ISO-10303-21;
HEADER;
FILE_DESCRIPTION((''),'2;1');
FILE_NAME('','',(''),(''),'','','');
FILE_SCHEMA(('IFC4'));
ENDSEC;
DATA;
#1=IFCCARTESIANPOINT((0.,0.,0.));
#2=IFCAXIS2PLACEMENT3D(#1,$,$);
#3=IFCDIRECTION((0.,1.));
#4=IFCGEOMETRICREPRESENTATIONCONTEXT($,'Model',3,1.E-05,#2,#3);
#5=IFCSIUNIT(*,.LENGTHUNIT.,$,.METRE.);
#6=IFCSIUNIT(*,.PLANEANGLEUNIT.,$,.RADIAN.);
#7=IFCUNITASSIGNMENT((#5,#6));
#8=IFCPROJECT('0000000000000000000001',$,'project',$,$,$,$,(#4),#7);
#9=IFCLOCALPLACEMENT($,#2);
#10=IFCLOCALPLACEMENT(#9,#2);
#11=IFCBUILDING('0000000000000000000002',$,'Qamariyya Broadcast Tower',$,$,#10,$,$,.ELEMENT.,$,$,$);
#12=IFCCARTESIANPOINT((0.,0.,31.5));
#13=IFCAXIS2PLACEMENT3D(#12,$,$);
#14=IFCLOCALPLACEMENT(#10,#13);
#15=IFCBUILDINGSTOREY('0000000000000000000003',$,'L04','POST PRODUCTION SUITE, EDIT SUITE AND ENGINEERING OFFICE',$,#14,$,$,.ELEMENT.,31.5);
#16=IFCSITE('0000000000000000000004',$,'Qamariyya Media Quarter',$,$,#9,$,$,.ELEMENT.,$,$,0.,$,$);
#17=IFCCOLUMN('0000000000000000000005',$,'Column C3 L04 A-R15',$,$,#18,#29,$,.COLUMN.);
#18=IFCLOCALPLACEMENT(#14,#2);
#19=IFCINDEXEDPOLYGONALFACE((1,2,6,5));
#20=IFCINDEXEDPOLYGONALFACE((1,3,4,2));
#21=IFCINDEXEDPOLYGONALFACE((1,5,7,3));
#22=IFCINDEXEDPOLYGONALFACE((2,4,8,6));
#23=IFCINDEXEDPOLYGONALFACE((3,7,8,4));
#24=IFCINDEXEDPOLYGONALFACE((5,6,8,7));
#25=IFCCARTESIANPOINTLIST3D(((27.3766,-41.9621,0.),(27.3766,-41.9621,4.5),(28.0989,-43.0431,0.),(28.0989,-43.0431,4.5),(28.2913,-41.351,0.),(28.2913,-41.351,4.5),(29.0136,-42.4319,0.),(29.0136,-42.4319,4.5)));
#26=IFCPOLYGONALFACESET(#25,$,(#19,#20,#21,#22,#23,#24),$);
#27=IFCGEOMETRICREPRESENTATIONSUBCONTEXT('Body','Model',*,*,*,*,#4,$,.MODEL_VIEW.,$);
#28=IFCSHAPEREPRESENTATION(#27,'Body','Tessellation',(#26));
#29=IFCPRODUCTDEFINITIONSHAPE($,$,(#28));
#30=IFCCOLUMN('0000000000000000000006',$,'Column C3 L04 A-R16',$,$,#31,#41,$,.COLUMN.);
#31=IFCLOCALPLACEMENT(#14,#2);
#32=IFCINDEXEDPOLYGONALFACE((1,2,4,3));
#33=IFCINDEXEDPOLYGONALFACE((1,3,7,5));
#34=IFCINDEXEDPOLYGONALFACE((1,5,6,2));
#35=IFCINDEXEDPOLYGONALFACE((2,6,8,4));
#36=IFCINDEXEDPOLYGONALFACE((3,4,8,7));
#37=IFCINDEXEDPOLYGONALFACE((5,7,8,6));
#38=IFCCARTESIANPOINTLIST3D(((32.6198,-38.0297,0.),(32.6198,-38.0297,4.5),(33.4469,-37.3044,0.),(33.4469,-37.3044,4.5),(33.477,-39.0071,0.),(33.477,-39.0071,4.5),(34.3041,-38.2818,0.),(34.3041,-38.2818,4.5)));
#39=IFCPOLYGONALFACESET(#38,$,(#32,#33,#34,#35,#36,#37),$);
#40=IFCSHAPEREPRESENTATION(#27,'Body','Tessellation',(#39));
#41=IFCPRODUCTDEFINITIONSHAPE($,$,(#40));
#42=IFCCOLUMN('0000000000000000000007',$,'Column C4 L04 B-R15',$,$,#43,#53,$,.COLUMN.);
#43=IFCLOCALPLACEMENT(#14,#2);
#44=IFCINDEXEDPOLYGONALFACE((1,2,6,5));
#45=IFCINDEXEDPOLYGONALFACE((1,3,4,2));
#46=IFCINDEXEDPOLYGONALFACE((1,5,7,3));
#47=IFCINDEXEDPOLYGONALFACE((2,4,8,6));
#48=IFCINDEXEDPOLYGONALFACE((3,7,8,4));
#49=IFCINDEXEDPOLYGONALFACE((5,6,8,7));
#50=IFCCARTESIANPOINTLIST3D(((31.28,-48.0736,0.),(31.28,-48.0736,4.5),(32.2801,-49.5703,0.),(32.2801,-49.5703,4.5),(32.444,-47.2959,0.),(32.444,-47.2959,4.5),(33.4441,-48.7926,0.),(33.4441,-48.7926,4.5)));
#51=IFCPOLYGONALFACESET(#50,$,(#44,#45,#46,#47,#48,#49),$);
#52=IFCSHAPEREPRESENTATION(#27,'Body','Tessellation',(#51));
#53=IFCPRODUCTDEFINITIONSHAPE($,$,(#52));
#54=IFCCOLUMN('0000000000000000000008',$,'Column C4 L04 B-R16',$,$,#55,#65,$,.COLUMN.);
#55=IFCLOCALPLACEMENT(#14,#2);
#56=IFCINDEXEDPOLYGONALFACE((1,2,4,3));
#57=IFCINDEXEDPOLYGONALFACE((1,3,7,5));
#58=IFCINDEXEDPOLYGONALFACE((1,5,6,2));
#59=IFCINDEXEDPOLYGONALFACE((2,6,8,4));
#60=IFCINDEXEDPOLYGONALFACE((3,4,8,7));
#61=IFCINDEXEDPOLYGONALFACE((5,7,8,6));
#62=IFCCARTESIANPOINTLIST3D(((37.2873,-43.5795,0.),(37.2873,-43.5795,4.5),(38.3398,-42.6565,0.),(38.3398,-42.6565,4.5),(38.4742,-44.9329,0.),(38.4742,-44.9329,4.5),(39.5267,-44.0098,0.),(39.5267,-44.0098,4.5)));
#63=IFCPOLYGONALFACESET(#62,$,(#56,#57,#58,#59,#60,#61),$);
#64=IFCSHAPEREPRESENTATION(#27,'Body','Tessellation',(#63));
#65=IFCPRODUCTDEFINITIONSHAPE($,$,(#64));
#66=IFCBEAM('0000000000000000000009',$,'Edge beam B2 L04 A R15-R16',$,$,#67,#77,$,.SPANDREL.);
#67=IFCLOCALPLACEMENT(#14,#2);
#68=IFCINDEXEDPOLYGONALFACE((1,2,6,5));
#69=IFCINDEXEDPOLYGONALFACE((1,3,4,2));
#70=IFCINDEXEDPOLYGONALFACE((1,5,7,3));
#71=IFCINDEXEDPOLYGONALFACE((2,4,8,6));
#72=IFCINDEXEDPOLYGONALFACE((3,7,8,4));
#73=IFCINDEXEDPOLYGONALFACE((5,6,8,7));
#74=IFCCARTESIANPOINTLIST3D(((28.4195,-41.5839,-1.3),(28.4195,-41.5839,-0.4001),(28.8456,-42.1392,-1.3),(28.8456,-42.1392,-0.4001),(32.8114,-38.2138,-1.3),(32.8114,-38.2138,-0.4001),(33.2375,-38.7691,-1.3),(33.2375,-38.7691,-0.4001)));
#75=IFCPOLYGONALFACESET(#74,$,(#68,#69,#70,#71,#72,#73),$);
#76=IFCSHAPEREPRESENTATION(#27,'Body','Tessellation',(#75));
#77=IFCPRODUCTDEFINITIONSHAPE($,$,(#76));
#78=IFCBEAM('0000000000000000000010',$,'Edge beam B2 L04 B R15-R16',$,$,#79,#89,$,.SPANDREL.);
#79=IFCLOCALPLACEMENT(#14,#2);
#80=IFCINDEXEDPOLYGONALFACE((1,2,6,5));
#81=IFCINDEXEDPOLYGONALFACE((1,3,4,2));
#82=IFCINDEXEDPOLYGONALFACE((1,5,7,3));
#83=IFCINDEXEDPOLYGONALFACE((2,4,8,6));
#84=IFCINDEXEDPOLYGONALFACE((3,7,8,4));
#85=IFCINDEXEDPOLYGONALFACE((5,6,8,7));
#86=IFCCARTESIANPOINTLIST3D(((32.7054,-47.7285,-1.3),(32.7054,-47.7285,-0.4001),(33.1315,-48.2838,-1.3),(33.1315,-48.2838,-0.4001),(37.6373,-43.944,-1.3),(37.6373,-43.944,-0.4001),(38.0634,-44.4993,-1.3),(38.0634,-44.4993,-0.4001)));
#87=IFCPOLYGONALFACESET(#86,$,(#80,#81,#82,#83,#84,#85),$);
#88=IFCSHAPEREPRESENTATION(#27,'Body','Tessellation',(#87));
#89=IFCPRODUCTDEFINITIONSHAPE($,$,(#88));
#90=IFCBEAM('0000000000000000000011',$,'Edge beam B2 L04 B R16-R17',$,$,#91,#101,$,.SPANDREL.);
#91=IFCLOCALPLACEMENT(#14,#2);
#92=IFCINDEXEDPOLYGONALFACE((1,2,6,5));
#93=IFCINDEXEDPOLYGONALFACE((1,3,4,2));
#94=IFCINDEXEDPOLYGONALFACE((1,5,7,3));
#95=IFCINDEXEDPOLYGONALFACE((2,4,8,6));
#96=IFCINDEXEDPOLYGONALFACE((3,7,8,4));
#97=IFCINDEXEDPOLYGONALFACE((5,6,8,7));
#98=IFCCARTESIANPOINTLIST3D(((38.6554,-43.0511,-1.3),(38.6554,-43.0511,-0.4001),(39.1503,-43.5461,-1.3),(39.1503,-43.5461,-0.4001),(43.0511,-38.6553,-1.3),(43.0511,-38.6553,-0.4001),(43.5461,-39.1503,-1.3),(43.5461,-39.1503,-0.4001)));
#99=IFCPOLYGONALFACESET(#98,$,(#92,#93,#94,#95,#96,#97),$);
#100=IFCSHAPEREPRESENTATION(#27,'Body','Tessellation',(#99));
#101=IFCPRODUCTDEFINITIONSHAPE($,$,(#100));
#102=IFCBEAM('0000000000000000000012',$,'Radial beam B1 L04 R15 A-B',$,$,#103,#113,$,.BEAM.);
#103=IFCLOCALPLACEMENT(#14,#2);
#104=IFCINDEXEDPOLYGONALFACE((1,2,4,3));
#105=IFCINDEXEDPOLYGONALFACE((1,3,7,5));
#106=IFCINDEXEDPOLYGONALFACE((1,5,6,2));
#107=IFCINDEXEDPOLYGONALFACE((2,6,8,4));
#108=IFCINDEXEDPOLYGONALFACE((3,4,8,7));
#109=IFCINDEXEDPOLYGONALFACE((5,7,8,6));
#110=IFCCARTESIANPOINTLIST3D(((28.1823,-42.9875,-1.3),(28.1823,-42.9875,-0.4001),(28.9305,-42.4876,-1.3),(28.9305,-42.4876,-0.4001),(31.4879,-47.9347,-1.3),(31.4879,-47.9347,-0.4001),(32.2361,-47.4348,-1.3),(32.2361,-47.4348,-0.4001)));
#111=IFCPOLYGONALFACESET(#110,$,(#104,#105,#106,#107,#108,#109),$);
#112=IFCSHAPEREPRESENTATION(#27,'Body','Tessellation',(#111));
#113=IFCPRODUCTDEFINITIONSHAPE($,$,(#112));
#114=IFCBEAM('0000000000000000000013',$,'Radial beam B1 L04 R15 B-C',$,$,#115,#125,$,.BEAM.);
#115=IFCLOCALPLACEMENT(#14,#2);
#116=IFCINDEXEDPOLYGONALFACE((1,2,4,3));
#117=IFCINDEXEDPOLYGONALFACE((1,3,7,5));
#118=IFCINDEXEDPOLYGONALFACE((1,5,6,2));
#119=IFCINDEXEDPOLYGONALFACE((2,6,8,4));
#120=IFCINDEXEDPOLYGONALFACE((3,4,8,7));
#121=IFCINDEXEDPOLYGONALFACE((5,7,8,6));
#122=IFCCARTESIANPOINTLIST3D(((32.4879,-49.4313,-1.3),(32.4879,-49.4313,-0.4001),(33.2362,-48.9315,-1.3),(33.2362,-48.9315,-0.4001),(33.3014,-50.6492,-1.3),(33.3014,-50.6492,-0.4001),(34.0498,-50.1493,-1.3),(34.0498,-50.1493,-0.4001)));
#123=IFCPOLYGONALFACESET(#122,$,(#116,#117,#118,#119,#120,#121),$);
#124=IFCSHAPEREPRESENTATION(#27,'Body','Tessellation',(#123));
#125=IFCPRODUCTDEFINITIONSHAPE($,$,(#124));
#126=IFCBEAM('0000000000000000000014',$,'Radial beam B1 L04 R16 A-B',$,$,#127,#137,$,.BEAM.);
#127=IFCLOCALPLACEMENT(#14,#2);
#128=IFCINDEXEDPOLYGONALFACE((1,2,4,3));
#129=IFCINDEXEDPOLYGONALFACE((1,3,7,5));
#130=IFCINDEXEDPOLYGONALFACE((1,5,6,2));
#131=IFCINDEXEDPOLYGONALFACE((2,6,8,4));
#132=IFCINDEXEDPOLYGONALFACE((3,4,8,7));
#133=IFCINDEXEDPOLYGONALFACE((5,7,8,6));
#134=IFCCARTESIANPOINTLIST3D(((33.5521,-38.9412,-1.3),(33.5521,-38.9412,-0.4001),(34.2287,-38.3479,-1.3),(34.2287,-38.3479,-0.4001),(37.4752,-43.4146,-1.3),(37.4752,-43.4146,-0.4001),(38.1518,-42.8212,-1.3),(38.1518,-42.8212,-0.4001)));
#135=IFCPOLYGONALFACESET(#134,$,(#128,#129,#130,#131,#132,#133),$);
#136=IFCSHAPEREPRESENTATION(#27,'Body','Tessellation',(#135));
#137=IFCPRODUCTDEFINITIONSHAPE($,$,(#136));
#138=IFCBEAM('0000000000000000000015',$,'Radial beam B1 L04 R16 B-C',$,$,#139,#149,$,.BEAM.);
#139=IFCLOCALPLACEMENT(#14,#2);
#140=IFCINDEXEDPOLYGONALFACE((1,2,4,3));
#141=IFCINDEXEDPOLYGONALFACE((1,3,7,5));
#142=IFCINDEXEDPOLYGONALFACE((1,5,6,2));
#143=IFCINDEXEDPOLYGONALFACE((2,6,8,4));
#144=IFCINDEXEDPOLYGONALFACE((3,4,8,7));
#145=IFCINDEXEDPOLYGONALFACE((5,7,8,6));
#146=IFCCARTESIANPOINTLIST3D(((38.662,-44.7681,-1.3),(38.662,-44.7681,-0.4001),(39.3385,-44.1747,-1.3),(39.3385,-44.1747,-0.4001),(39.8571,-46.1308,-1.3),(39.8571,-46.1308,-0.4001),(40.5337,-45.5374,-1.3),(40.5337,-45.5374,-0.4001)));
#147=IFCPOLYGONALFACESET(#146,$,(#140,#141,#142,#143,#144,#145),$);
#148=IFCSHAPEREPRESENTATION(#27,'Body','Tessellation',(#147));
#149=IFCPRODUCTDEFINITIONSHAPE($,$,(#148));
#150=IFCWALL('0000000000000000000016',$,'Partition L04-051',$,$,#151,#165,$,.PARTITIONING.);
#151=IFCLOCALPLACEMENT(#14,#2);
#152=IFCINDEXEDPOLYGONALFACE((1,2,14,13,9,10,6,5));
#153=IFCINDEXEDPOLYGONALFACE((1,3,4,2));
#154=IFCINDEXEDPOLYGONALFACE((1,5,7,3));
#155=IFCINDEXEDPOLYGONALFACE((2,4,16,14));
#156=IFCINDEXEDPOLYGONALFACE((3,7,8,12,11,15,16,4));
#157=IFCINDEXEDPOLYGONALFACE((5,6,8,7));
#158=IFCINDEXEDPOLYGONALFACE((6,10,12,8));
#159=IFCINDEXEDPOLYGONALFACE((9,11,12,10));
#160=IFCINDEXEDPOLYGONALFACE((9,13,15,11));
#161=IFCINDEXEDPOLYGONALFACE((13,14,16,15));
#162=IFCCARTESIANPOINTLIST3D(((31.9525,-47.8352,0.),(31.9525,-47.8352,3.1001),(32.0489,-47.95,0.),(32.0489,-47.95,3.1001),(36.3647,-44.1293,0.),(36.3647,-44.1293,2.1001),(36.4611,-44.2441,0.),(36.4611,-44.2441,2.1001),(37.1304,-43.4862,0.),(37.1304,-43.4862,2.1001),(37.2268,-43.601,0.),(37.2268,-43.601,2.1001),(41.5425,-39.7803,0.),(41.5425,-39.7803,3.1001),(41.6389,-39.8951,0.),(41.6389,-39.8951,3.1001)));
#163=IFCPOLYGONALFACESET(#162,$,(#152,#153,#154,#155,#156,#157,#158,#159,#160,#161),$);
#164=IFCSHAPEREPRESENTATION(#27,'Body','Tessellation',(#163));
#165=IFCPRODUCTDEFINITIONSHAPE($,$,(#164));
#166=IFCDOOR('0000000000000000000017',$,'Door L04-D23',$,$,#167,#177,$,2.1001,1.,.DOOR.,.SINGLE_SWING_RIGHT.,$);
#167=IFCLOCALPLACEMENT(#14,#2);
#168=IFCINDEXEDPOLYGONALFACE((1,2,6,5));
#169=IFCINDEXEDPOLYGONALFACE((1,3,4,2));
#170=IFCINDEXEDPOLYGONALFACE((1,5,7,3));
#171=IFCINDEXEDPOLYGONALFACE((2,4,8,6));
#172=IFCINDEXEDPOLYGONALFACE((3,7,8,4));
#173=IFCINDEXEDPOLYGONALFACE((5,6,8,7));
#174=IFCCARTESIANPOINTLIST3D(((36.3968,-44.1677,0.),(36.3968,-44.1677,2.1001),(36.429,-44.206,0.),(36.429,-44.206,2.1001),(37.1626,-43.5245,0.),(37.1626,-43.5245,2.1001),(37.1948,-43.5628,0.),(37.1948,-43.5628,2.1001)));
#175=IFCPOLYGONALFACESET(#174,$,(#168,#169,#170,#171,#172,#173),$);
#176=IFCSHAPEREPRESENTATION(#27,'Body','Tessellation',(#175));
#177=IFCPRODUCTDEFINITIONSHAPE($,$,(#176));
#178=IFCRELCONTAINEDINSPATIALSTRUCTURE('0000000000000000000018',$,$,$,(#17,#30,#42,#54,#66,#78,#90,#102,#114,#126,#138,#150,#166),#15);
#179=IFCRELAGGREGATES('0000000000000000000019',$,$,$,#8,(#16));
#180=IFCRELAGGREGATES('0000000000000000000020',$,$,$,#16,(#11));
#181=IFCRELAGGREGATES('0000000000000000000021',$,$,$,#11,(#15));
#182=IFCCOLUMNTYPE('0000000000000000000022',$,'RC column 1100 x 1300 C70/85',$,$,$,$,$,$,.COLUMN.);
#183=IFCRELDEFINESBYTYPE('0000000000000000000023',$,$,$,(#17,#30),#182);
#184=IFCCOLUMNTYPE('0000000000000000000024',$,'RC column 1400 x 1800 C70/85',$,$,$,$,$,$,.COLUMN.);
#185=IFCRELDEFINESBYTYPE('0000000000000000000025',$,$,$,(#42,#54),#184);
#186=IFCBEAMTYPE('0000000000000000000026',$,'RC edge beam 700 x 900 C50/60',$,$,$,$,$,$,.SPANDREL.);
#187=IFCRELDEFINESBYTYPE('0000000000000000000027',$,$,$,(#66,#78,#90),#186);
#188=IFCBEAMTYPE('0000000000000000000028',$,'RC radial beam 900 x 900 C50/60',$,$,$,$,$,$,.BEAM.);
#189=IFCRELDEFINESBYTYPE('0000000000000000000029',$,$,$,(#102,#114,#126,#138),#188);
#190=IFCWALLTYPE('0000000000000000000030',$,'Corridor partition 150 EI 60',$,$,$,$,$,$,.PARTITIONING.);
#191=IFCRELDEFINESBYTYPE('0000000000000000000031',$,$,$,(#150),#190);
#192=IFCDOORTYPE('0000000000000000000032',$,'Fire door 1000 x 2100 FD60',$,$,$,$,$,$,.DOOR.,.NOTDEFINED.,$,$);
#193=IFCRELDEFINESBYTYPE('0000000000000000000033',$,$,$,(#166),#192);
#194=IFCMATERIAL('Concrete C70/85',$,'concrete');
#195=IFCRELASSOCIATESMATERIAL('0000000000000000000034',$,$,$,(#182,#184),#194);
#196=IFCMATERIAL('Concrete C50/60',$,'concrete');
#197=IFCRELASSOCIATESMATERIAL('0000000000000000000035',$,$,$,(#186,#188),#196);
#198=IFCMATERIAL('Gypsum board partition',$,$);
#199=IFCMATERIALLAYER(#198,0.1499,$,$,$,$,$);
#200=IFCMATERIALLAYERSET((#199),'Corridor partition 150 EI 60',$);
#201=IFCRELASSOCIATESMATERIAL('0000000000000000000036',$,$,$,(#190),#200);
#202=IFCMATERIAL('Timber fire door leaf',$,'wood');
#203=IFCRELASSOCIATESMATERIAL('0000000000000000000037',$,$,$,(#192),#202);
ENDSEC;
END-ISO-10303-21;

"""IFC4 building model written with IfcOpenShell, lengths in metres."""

from ifc_helpers import new_model, si_unit, direction, frame, frame_2d, origin, origin_2d, place, context, subcontext, project, spatial, rectangle, extrude, material, layer, layer_set, material_profile, profile_set, type_object, element, fill, save


model = new_model("IFC4")

# Units and contexts
model_context = context("Model", 3, precision=1e-05, world=origin(), true_north=direction((0.0, 1.0)))
body_context = subcontext(model_context, "Body", "Model", "MODEL_VIEW")
ifc_project = project(units=[si_unit("LENGTHUNIT", "METRE"), si_unit("PLANEANGLEUNIT", "RADIAN")], contexts=[model_context])

# Site, building, storey
site_placement = place(None, origin())
site = spatial("IfcSite", under=ifc_project, at=site_placement, Name="Qamariyya Media Quarter", CompositionType="ELEMENT", RefElevation=0.0)
building_placement = place(site_placement, origin())
building = spatial("IfcBuilding", under=site, at=building_placement, Name="Qamariyya Broadcast Tower", CompositionType="ELEMENT")
storey_placement = place(building_placement, frame((0.0, 0.0, 31.5)))
storey = spatial("IfcBuildingStorey", under=building, at=storey_placement, Name="L04", Description="POST PRODUCTION SUITE, EDIT SUITE AND ENGINEERING OFFICE", CompositionType="ELEMENT", Elevation=31.5)

# Columns
ifc_material_1 = material(Name="Concrete C70/85", Category="concrete")
ifc_material_profile_1 = material_profile(ifc_material_1, rectangle(XDim=1.1001, YDim=1.3, at=origin_2d()))
ifc_profile_set_1 = profile_set([ifc_material_profile_1], Name="Concrete C70/85")
column_type_1 = type_object("IfcColumnType", Name="RC column 1100 x 1300 C70/85", PredefinedType="COLUMN", material=ifc_profile_set_1)
for number, where, z_axis, x_axis, name in (
    (1, (28.1951, -42.197, 0.0), (0.0, 0.0, 1.0), (0.83147, 0.55557, 0.0), "Column C3 L04 A-R15"),
    (2, (33.4619, -38.1558, 0.0), (0.0, 0.0, 1.0), (0.75184, 0.659346, 0.0), "Column C3 L04 A-R16"),
):
    element("IfcColumn", number, at=place(storey_placement, frame(where, z_axis=z_axis, x_axis=x_axis)), inside=storey, type_object=column_type_1, Name=name, PredefinedType="COLUMN", context=body_context, shape_type="SweptSolid", body=[
        extrude(rectangle(XDim=1.1001, YDim=1.3, at=origin_2d()), origin(), (0.0, 0.0, 1.0), 4.5),
    ])
ifc_material_profile_2 = material_profile(ifc_material_1, rectangle(XDim=1.3999, YDim=1.8, at=origin_2d()))
ifc_profile_set_2 = profile_set([ifc_material_profile_2], Name="Concrete C70/85")
column_type_2 = type_object("IfcColumnType", Name="RC column 1400 x 1800 C70/85", PredefinedType="COLUMN", material=ifc_profile_set_2)
for number, where, z_axis, x_axis, name in (
    (3, (32.3621, -48.4331, 0.0), (0.0, 0.0, 1.0), (0.83147, 0.55557, 0.0), "Column C4 L04 B-R15"),
    (4, (38.407, -43.7947, 0.0), (0.0, 0.0, 1.0), (0.75184, 0.659346, 0.0), "Column C4 L04 B-R16"),
):
    element("IfcColumn", number, at=place(storey_placement, frame(where, z_axis=z_axis, x_axis=x_axis)), inside=storey, type_object=column_type_2, Name=name, PredefinedType="COLUMN", context=body_context, shape_type="SweptSolid", body=[
        extrude(rectangle(XDim=1.3999, YDim=1.8, at=origin_2d()), origin(), (0.0, 0.0, 1.0), 4.5),
    ])

# Beams
ifc_material_2 = material(Name="Concrete C50/60", Category="concrete")
ifc_material_profile_3 = material_profile(ifc_material_2, rectangle(XDim=0.7, YDim=0.8999, at=origin_2d()))
ifc_profile_set_3 = profile_set([ifc_material_profile_3], Name="Concrete C50/60")
beam_type_1 = type_object("IfcBeamType", Name="RC edge beam 700 x 900 C50/60", PredefinedType="SPANDREL", material=ifc_profile_set_3)
beam_1_placement = place(storey_placement, frame((28.6326, -41.8616, -0.8501), z_axis=(0.793342, 0.608777, 0.0), x_axis=(-0.608777, 0.793342, 0.0)))
element("IfcBeam", 5, at=beam_1_placement, inside=storey, type_object=beam_type_1, Name="Edge beam B2 L04 A R15-R16", PredefinedType="SPANDREL", context=body_context, shape_type="SweptSolid", body=[
    extrude(rectangle(XDim=0.7, YDim=0.8999, at=origin_2d()), origin(), (0.0, 0.0, 1.0), 5.5359),
])
for number, where, z_axis, x_axis, name in (
    (6, (32.9185, -48.0061, -0.8501), (0.793349, 0.608767, 0.0), (-0.608767, 0.793349, 0.0), "Edge beam B2 L04 B R15-R16"),
    (7, (38.9028, -43.2986, -0.8501), (0.707107, 0.707107, 0.0), (-0.707107, 0.707107, 0.0), "Edge beam B2 L04 B R16-R17"),
):
    element("IfcBeam", number, at=place(storey_placement, frame(where, z_axis=z_axis, x_axis=x_axis)), inside=storey, type_object=beam_type_1, Name=name, PredefinedType="SPANDREL", context=body_context, shape_type="SweptSolid", body=[
        extrude(rectangle(XDim=0.7, YDim=0.8999, at=origin_2d()), origin(), (0.0, 0.0, 1.0), 6.2166),
    ])
ifc_material_profile_4 = material_profile(ifc_material_2, rectangle(XDim=0.8999, YDim=0.8999, at=origin_2d()))
ifc_profile_set_4 = profile_set([ifc_material_profile_4], Name="Concrete C50/60")
beam_type_2 = type_object("IfcBeamType", Name="RC radial beam 900 x 900 C50/60", PredefinedType="BEAM", material=ifc_profile_set_4)
beam_2_placement = place(storey_placement, frame((28.5564, -42.7375, -0.8501), z_axis=(0.555571, -0.831469, 0.0), x_axis=(0.831469, 0.555571, 0.0)))
element("IfcBeam", 8, at=beam_2_placement, inside=storey, type_object=beam_type_2, Name="Radial beam B1 L04 R15 A-B", PredefinedType="BEAM", context=body_context, shape_type="SweptSolid", body=[
    extrude(rectangle(XDim=0.8999, YDim=0.8999, at=origin_2d()), origin(), (0.0, 0.0, 1.0), 5.95),
])
beam_3_placement = place(storey_placement, frame((32.8621, -49.1814, -0.8501), z_axis=(0.555469, -0.831537, 0.0), x_axis=(0.831537, 0.555469, 0.0)))
element("IfcBeam", 9, at=beam_3_placement, inside=storey, type_object=beam_type_2, Name="Radial beam B1 L04 R15 B-C", PredefinedType="BEAM", context=body_context, shape_type="SweptSolid", body=[
    extrude(rectangle(XDim=0.8999, YDim=0.8999, at=origin_2d()), origin(), (0.0, 0.0, 1.0), 1.4646),
])
beam_4_placement = place(storey_placement, frame((33.8904, -38.6445, -0.8501), z_axis=(0.65935, -0.751837, 0.0), x_axis=(0.751837, 0.65935, 0.0)))
element("IfcBeam", 10, at=beam_4_placement, inside=storey, type_object=beam_type_2, Name="Radial beam B1 L04 R16 A-B", PredefinedType="BEAM", context=body_context, shape_type="SweptSolid", body=[
    extrude(rectangle(XDim=0.8999, YDim=0.8999, at=origin_2d()), origin(), (0.0, 0.0, 1.0), 5.95),
])
beam_5_placement = place(storey_placement, frame((39.0002, -44.4714, -0.8501), z_axis=(0.659391, -0.7518, 0.0), x_axis=(0.7518, 0.659391, 0.0)))
element("IfcBeam", 11, at=beam_5_placement, inside=storey, type_object=beam_type_2, Name="Radial beam B1 L04 R16 B-C", PredefinedType="BEAM", context=body_context, shape_type="SweptSolid", body=[
    extrude(rectangle(XDim=0.8999, YDim=0.8999, at=origin_2d()), origin(), (0.0, 0.0, 1.0), 1.8125),
])

# Wall, opening, door
ifc_material_3 = material(Name="Gypsum board partition")
ifc_layer = layer(ifc_material_3, 0.1499)
ifc_layer_set = layer_set([ifc_layer], Name="Corridor partition 150 EI 60")
wall_type = type_object("IfcWallType", Name="Corridor partition 150 EI 60", PredefinedType="PARTITIONING", material=ifc_layer_set)
wall_placement = place(storey_placement, frame((32.0007, -47.8926, 0.0), z_axis=(0.0, 0.0, 1.0), x_axis=(0.765734, 0.643157, 0.0)))
wall = element("IfcWall", 12, at=wall_placement, inside=storey, type_object=wall_type, Name="Partition L04-051", PredefinedType="PARTITIONING", context=body_context, shape_type="SweptSolid", body=[
    extrude(rectangle(XDim=12.5239, YDim=0.1499, at=frame_2d((6.262, 0.0))), origin(), (0.0, 0.0, 1.0), 3.1001),
])
opening_placement = place(wall_placement, frame((5.762, 0.0, 0.0)))
opening = element("IfcOpeningElement", 13, at=opening_placement, cuts=wall, PredefinedType="OPENING", context=body_context, shape_type="SweptSolid", body=[
    extrude(rectangle(XDim=1.0, YDim=2.1001, at=frame_2d((0.5, 1.05))), frame((0.0, 0.085, 0.0), z_axis=(0.0, -1.0, 0.0), x_axis=(1.0, 0.0, 0.0)), (0.0, 0.0, 1.0), 0.1699),
])
ifc_material_4 = material(Name="Timber fire door leaf", Category="wood")
door_type = type_object("IfcDoorType", Name="Fire door 1000 x 2100 FD60", OperationType="NOTDEFINED", PredefinedType="DOOR", material=ifc_material_4)
door_placement = place(opening_placement, origin())
door = element("IfcDoor", 14, at=door_placement, inside=storey, type_object=door_type, Name="Door L04-D23", OperationType="SINGLE_SWING_RIGHT", OverallHeight=2.1001, OverallWidth=1.0, PredefinedType="DOOR", context=body_context, shape_type="SweptSolid", body=[
    extrude(rectangle(XDim=1.0, YDim=2.1001, at=frame_2d((0.5, 1.05))), frame((0.0, 0.0249, 0.0), z_axis=(0.0, -1.0, 0.0), x_axis=(1.0, 0.0, 0.0)), (0.0, 0.0, 1.0), 0.05),
])
fill(opening, door)

save(model, "model.ifc")
